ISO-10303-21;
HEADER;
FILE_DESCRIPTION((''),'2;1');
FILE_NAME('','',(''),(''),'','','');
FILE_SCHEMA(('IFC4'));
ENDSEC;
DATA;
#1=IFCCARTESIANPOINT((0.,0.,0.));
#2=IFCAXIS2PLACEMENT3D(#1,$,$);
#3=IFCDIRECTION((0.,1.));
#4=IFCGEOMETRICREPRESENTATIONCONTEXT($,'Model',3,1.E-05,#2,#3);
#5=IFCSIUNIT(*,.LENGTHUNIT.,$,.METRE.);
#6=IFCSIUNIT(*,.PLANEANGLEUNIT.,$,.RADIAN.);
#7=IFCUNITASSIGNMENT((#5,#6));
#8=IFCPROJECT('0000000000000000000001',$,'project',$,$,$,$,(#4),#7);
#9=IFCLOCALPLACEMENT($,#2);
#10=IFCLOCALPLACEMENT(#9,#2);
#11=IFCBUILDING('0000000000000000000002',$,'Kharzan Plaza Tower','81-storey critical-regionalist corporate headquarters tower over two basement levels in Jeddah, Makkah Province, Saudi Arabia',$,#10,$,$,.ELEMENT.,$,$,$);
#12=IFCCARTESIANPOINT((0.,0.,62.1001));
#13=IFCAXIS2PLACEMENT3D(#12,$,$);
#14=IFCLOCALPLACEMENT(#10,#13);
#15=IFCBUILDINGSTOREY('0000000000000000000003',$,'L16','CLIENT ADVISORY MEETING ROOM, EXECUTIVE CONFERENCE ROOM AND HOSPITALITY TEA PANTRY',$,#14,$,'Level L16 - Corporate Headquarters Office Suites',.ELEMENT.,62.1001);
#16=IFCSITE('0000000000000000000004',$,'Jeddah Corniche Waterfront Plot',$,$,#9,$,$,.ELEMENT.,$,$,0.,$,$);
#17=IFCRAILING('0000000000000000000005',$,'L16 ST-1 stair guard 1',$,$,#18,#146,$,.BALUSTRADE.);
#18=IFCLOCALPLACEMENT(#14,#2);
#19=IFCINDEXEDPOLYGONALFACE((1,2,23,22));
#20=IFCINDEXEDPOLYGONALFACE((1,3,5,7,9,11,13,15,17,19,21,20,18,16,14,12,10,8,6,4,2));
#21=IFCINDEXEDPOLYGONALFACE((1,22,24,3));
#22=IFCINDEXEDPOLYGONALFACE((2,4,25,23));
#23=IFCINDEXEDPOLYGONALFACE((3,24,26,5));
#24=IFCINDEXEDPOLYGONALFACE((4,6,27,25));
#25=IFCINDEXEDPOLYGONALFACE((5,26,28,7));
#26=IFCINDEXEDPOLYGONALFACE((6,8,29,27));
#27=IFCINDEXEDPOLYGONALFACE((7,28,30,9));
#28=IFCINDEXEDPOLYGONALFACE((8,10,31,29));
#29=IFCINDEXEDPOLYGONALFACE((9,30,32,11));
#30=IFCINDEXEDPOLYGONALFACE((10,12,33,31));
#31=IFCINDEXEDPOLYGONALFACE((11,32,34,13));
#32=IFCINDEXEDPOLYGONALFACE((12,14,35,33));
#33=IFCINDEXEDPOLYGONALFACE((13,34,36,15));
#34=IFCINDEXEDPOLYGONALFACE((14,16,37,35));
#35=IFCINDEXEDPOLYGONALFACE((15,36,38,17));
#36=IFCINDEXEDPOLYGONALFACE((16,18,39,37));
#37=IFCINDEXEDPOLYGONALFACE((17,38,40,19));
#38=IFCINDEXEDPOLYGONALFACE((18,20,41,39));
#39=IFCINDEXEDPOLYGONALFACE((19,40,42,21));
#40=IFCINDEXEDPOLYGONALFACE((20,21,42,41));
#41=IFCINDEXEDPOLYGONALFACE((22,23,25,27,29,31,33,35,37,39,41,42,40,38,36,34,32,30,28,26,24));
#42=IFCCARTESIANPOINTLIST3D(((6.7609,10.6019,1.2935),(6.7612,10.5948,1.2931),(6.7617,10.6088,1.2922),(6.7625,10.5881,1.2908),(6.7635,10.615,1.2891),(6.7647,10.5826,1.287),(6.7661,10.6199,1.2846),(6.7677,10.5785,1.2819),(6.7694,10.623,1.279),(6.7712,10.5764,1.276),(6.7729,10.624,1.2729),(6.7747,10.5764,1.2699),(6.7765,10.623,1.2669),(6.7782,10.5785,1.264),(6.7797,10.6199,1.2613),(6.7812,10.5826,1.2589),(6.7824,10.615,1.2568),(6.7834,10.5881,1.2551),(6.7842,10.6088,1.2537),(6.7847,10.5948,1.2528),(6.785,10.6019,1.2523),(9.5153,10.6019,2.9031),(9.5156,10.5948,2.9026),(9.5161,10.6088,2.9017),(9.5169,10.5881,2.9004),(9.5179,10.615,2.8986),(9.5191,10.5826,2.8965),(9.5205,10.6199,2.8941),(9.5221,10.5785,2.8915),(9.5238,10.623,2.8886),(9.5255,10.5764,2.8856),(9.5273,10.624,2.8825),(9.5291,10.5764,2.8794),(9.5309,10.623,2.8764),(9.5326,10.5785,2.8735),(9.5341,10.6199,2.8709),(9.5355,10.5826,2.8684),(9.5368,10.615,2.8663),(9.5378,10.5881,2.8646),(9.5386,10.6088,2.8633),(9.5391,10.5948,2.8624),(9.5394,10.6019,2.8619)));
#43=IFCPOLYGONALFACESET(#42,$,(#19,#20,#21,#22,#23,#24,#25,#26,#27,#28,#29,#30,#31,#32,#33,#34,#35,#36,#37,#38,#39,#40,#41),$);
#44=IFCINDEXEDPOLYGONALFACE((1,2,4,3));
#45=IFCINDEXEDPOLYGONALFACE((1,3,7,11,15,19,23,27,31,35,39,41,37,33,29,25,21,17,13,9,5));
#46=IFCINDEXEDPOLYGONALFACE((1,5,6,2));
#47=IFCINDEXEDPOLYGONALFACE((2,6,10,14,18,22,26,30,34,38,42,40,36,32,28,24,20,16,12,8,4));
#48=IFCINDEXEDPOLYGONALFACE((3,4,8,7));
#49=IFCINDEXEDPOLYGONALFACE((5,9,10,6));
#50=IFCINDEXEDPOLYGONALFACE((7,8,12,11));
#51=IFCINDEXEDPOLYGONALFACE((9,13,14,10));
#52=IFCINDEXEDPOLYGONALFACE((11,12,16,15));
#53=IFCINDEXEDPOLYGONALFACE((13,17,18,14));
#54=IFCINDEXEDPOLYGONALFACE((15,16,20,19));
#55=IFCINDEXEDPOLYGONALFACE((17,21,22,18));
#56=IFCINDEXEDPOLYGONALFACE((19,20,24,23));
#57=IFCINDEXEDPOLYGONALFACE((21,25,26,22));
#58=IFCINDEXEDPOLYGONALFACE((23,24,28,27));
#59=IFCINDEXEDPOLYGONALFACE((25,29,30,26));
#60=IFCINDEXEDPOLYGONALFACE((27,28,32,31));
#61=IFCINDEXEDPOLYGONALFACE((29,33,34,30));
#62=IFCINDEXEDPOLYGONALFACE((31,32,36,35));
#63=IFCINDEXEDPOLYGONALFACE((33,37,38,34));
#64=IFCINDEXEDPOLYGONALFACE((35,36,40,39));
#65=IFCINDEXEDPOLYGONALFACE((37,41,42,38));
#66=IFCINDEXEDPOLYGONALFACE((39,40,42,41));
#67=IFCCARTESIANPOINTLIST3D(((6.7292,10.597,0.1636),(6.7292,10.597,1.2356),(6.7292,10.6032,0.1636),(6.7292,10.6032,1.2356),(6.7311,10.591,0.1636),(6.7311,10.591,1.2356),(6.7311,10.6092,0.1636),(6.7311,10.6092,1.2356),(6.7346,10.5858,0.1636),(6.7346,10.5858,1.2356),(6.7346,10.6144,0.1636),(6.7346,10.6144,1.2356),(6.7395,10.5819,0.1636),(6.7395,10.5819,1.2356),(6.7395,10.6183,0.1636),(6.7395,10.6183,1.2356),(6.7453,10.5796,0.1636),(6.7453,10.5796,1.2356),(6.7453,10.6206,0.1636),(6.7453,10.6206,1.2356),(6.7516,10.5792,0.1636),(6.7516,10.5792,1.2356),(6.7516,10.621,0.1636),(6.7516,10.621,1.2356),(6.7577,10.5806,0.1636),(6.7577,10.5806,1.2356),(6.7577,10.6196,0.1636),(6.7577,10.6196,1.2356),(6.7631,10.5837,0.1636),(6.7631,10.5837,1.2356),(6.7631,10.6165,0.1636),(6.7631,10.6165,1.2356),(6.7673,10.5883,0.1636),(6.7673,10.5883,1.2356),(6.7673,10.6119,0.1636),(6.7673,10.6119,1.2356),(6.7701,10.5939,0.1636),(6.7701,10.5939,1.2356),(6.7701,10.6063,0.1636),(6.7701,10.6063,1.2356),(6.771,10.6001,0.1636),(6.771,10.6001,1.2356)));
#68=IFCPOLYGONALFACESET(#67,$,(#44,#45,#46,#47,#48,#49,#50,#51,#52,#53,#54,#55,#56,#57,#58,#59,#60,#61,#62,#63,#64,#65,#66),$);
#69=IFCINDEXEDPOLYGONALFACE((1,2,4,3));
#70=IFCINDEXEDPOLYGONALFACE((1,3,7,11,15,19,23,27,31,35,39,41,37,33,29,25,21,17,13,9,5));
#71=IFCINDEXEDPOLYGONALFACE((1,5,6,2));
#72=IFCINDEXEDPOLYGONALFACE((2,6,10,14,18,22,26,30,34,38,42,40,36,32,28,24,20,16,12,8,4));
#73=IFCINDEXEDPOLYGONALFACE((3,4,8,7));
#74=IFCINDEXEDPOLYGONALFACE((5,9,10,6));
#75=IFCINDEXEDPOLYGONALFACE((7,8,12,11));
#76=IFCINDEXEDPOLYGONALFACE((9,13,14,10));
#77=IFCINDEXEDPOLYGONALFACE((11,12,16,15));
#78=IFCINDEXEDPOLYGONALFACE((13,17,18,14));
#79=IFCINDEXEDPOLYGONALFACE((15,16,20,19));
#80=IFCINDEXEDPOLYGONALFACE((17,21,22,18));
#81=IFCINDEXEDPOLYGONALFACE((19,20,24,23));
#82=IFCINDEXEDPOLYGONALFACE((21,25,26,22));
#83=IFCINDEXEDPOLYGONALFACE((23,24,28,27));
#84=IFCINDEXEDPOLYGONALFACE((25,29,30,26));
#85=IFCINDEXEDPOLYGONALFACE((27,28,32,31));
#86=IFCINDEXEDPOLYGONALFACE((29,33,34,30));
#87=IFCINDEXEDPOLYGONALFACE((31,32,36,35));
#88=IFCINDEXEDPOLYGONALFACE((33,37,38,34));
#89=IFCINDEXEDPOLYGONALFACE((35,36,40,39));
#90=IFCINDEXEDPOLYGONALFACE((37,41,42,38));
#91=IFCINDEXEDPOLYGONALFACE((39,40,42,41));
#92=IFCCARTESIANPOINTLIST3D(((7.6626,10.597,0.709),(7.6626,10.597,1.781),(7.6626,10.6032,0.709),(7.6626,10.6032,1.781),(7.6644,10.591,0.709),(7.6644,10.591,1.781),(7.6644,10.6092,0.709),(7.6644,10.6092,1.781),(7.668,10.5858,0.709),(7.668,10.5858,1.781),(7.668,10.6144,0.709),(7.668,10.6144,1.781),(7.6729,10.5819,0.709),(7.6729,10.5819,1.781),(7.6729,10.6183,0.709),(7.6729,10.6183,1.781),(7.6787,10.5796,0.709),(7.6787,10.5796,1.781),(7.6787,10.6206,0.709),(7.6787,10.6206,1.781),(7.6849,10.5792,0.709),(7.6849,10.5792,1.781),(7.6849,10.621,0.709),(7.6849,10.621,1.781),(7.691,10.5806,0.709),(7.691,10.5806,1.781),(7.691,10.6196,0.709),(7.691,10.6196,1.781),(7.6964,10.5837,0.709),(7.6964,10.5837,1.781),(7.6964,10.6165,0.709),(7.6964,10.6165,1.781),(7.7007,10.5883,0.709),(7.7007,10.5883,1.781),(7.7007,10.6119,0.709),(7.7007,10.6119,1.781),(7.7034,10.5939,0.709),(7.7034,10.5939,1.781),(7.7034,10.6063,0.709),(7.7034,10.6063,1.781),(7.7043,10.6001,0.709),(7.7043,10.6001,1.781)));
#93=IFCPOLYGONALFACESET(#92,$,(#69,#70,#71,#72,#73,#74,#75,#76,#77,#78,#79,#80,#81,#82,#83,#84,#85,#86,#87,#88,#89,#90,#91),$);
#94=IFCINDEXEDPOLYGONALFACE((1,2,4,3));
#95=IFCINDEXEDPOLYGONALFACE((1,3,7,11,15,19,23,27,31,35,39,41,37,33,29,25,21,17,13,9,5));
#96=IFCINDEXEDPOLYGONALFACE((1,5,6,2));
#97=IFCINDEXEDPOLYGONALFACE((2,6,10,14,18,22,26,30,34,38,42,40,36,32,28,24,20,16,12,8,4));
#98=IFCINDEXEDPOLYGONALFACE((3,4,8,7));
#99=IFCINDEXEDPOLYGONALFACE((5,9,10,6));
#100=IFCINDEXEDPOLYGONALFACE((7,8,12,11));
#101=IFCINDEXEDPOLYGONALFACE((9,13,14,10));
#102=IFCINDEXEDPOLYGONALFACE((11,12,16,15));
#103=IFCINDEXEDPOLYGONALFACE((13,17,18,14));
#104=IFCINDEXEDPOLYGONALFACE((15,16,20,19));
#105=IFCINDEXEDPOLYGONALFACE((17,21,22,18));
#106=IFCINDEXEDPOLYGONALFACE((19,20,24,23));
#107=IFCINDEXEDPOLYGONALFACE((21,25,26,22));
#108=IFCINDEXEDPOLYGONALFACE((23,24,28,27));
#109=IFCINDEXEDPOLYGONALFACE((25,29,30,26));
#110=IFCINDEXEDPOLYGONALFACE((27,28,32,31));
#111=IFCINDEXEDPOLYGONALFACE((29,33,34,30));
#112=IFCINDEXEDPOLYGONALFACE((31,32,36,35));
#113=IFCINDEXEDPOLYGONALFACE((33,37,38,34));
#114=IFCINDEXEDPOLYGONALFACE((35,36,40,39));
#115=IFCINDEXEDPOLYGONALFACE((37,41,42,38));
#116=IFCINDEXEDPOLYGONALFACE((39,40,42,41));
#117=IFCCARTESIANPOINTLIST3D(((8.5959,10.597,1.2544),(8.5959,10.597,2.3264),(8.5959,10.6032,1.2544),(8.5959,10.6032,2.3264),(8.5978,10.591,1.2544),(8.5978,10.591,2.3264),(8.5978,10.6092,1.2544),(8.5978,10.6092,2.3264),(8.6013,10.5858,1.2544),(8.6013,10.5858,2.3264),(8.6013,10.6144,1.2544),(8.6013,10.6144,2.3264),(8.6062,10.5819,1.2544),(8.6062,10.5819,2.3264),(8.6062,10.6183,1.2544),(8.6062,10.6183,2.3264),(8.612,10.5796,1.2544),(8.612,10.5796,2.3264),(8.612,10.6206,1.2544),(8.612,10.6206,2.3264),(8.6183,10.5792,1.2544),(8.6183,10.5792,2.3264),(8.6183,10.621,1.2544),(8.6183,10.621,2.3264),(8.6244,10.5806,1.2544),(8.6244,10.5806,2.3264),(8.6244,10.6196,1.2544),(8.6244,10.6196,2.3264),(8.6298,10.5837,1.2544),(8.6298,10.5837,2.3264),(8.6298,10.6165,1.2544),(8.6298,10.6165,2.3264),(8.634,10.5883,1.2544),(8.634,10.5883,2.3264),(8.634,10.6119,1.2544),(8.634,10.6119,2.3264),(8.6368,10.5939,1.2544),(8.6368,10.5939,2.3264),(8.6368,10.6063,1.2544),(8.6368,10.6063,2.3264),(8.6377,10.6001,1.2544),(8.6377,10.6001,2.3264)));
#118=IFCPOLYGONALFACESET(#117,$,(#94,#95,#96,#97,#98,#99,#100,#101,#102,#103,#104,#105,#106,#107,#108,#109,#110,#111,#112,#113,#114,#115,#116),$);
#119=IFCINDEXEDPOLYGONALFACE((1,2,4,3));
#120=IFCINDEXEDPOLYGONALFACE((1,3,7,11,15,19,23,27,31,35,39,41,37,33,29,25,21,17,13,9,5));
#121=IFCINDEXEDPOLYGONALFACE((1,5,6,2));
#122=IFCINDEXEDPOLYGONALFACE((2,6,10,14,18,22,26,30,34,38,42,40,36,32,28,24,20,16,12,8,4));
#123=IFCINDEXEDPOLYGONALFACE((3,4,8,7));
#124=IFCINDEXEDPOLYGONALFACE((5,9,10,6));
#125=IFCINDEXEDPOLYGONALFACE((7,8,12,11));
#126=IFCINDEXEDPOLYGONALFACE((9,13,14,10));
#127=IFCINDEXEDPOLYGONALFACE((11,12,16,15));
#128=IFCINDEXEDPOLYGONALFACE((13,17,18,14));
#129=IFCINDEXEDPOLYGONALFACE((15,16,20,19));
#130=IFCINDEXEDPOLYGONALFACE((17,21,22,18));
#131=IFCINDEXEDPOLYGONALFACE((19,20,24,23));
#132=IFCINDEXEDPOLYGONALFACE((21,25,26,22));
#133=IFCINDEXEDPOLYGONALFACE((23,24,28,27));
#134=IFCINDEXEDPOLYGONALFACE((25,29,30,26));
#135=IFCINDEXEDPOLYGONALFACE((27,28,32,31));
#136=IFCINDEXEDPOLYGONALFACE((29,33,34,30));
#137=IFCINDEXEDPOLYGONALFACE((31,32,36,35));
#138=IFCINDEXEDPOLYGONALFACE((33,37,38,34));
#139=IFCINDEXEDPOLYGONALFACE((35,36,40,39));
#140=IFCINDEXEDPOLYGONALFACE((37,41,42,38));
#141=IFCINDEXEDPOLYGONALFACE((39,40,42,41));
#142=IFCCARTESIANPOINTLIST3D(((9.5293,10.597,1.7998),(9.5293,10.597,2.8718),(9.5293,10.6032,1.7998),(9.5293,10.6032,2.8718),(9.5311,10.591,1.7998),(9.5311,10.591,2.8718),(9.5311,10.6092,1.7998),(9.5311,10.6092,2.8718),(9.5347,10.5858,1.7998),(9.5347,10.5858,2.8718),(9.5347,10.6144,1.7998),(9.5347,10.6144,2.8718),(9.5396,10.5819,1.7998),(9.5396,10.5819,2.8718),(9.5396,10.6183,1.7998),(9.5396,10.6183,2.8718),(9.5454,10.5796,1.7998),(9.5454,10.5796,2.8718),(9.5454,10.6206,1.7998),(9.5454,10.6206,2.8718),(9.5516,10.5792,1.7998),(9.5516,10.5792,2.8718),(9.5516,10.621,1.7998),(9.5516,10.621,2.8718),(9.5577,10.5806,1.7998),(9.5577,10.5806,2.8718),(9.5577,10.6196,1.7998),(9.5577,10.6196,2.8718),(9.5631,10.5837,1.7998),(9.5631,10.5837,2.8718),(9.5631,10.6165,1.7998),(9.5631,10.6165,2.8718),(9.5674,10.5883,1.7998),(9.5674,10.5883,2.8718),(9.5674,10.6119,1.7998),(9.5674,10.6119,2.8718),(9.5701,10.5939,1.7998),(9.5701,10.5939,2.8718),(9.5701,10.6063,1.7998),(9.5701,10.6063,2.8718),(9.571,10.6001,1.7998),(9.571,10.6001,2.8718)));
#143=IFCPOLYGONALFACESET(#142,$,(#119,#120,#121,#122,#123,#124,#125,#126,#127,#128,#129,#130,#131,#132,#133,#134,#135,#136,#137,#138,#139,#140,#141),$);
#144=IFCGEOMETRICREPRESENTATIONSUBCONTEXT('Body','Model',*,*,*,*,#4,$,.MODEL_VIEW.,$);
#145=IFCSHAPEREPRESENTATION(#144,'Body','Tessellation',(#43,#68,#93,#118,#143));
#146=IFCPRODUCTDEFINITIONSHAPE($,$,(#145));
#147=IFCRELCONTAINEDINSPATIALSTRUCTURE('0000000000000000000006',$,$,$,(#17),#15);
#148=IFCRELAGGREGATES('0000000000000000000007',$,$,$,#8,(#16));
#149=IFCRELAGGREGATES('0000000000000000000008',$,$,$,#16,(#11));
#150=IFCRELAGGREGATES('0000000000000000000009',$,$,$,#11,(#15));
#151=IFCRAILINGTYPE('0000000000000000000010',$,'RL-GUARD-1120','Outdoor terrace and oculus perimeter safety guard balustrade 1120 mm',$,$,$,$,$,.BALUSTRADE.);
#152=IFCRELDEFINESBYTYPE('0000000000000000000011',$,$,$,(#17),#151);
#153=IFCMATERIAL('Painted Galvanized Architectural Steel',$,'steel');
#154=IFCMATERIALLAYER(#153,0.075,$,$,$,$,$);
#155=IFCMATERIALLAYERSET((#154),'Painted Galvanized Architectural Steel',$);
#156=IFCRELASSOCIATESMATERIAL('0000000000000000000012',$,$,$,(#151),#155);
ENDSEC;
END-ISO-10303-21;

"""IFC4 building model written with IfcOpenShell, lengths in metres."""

from ifc_helpers import new_model, si_unit, direction, frame, origin, origin_2d, place, context, subcontext, project, spatial, circle, extrude, source, transform, mapped, material, layer, layer_set, type_object, element, save


model = new_model("IFC4")

# Units and contexts
model_context = context("Model", 3, precision=1e-05, world=origin(), true_north=direction((0.0, 1.0)))
body_context = subcontext(model_context, "Body", "Model", "MODEL_VIEW")
ifc_project = project(units=[si_unit("LENGTHUNIT", "METRE"), si_unit("PLANEANGLEUNIT", "RADIAN")], contexts=[model_context])

# Site, building, storey
site_placement = place(None, origin())
site = spatial("IfcSite", under=ifc_project, at=site_placement, Name="Jeddah Corniche Waterfront Plot", CompositionType="ELEMENT", RefElevation=0.0)
building_placement = place(site_placement, origin())
building = spatial("IfcBuilding", under=site, at=building_placement, Name="Kharzan Plaza Tower", Description="81-storey critical-regionalist corporate headquarters tower over two basement levels in Jeddah, Makkah Province, Saudi Arabia", CompositionType="ELEMENT")
storey_placement = place(building_placement, frame((0.0, 0.0, 62.1001)))
storey = spatial("IfcBuildingStorey", under=building, at=storey_placement, Name="L16", Description="CLIENT ADVISORY MEETING ROOM, EXECUTIVE CONFERENCE ROOM AND HOSPITALITY TEA PANTRY", LongName="Level L16 - Corporate Headquarters Office Suites", CompositionType="ELEMENT", Elevation=62.1001)

# Railing
ifc_material_1 = material(Name="Painted Galvanized Architectural Steel", Category="steel")
ifc_layer_1 = layer(ifc_material_1, 0.075)
ifc_layer_set_1 = layer_set([ifc_layer_1], Name="Painted Galvanized Architectural Steel")
railing_type_1 = type_object("IfcRailingType", Name="RL-GUARD-1120", Description="Outdoor terrace and oculus perimeter safety guard balustrade 1120 mm", PredefinedType="BALUSTRADE", material=ifc_layer_set_1)
shared_shape_1 = source(origin(), body_context, "Body", "SweptSolid", [
    extrude(circle(Radius=0.0239, at=origin_2d()), frame((0.0229, 0.0, 1.1094), z_axis=(0.863394, 0.0, 0.504531), x_axis=(0.0, 1.0, 0.0)), (0.0, 0.0, 1.0), 3.1902),
    extrude(circle(Radius=0.021, at=origin_2d()), origin(), (0.0, 0.0, 1.0), 1.072),
    extrude(circle(Radius=0.021, at=origin_2d()), frame((0.9333, 0.0, 0.5454)), (0.0, 0.0, 1.0), 1.072),
    extrude(circle(Radius=0.021, at=origin_2d()), frame((1.8667, 0.0, 1.0908)), (0.0, 0.0, 1.0), 1.072),
    extrude(circle(Radius=0.021, at=origin_2d()), frame((2.8, 0.0, 1.6362)), (0.0, 0.0, 1.0), 1.072),
])
railing_1_placement = place(storey_placement, frame((6.75, 10.6001, 0.1636)))
element("IfcRailing", 1, at=railing_1_placement, inside=storey, type_object=railing_type_1, Name="L16 ST-1 stair guard 1", PredefinedType="BALUSTRADE", context=body_context, shape_type="MappedRepresentation", body=[
    mapped(shared_shape_1, transform((0.0, 0.0, 0.0), x_axis=(1.0, 0.0, 0.0), y_axis=(0.0, 1.0, 0.0), z_axis=(0.0, 0.0, 1.0))),
])

save(model, "model.ifc")
